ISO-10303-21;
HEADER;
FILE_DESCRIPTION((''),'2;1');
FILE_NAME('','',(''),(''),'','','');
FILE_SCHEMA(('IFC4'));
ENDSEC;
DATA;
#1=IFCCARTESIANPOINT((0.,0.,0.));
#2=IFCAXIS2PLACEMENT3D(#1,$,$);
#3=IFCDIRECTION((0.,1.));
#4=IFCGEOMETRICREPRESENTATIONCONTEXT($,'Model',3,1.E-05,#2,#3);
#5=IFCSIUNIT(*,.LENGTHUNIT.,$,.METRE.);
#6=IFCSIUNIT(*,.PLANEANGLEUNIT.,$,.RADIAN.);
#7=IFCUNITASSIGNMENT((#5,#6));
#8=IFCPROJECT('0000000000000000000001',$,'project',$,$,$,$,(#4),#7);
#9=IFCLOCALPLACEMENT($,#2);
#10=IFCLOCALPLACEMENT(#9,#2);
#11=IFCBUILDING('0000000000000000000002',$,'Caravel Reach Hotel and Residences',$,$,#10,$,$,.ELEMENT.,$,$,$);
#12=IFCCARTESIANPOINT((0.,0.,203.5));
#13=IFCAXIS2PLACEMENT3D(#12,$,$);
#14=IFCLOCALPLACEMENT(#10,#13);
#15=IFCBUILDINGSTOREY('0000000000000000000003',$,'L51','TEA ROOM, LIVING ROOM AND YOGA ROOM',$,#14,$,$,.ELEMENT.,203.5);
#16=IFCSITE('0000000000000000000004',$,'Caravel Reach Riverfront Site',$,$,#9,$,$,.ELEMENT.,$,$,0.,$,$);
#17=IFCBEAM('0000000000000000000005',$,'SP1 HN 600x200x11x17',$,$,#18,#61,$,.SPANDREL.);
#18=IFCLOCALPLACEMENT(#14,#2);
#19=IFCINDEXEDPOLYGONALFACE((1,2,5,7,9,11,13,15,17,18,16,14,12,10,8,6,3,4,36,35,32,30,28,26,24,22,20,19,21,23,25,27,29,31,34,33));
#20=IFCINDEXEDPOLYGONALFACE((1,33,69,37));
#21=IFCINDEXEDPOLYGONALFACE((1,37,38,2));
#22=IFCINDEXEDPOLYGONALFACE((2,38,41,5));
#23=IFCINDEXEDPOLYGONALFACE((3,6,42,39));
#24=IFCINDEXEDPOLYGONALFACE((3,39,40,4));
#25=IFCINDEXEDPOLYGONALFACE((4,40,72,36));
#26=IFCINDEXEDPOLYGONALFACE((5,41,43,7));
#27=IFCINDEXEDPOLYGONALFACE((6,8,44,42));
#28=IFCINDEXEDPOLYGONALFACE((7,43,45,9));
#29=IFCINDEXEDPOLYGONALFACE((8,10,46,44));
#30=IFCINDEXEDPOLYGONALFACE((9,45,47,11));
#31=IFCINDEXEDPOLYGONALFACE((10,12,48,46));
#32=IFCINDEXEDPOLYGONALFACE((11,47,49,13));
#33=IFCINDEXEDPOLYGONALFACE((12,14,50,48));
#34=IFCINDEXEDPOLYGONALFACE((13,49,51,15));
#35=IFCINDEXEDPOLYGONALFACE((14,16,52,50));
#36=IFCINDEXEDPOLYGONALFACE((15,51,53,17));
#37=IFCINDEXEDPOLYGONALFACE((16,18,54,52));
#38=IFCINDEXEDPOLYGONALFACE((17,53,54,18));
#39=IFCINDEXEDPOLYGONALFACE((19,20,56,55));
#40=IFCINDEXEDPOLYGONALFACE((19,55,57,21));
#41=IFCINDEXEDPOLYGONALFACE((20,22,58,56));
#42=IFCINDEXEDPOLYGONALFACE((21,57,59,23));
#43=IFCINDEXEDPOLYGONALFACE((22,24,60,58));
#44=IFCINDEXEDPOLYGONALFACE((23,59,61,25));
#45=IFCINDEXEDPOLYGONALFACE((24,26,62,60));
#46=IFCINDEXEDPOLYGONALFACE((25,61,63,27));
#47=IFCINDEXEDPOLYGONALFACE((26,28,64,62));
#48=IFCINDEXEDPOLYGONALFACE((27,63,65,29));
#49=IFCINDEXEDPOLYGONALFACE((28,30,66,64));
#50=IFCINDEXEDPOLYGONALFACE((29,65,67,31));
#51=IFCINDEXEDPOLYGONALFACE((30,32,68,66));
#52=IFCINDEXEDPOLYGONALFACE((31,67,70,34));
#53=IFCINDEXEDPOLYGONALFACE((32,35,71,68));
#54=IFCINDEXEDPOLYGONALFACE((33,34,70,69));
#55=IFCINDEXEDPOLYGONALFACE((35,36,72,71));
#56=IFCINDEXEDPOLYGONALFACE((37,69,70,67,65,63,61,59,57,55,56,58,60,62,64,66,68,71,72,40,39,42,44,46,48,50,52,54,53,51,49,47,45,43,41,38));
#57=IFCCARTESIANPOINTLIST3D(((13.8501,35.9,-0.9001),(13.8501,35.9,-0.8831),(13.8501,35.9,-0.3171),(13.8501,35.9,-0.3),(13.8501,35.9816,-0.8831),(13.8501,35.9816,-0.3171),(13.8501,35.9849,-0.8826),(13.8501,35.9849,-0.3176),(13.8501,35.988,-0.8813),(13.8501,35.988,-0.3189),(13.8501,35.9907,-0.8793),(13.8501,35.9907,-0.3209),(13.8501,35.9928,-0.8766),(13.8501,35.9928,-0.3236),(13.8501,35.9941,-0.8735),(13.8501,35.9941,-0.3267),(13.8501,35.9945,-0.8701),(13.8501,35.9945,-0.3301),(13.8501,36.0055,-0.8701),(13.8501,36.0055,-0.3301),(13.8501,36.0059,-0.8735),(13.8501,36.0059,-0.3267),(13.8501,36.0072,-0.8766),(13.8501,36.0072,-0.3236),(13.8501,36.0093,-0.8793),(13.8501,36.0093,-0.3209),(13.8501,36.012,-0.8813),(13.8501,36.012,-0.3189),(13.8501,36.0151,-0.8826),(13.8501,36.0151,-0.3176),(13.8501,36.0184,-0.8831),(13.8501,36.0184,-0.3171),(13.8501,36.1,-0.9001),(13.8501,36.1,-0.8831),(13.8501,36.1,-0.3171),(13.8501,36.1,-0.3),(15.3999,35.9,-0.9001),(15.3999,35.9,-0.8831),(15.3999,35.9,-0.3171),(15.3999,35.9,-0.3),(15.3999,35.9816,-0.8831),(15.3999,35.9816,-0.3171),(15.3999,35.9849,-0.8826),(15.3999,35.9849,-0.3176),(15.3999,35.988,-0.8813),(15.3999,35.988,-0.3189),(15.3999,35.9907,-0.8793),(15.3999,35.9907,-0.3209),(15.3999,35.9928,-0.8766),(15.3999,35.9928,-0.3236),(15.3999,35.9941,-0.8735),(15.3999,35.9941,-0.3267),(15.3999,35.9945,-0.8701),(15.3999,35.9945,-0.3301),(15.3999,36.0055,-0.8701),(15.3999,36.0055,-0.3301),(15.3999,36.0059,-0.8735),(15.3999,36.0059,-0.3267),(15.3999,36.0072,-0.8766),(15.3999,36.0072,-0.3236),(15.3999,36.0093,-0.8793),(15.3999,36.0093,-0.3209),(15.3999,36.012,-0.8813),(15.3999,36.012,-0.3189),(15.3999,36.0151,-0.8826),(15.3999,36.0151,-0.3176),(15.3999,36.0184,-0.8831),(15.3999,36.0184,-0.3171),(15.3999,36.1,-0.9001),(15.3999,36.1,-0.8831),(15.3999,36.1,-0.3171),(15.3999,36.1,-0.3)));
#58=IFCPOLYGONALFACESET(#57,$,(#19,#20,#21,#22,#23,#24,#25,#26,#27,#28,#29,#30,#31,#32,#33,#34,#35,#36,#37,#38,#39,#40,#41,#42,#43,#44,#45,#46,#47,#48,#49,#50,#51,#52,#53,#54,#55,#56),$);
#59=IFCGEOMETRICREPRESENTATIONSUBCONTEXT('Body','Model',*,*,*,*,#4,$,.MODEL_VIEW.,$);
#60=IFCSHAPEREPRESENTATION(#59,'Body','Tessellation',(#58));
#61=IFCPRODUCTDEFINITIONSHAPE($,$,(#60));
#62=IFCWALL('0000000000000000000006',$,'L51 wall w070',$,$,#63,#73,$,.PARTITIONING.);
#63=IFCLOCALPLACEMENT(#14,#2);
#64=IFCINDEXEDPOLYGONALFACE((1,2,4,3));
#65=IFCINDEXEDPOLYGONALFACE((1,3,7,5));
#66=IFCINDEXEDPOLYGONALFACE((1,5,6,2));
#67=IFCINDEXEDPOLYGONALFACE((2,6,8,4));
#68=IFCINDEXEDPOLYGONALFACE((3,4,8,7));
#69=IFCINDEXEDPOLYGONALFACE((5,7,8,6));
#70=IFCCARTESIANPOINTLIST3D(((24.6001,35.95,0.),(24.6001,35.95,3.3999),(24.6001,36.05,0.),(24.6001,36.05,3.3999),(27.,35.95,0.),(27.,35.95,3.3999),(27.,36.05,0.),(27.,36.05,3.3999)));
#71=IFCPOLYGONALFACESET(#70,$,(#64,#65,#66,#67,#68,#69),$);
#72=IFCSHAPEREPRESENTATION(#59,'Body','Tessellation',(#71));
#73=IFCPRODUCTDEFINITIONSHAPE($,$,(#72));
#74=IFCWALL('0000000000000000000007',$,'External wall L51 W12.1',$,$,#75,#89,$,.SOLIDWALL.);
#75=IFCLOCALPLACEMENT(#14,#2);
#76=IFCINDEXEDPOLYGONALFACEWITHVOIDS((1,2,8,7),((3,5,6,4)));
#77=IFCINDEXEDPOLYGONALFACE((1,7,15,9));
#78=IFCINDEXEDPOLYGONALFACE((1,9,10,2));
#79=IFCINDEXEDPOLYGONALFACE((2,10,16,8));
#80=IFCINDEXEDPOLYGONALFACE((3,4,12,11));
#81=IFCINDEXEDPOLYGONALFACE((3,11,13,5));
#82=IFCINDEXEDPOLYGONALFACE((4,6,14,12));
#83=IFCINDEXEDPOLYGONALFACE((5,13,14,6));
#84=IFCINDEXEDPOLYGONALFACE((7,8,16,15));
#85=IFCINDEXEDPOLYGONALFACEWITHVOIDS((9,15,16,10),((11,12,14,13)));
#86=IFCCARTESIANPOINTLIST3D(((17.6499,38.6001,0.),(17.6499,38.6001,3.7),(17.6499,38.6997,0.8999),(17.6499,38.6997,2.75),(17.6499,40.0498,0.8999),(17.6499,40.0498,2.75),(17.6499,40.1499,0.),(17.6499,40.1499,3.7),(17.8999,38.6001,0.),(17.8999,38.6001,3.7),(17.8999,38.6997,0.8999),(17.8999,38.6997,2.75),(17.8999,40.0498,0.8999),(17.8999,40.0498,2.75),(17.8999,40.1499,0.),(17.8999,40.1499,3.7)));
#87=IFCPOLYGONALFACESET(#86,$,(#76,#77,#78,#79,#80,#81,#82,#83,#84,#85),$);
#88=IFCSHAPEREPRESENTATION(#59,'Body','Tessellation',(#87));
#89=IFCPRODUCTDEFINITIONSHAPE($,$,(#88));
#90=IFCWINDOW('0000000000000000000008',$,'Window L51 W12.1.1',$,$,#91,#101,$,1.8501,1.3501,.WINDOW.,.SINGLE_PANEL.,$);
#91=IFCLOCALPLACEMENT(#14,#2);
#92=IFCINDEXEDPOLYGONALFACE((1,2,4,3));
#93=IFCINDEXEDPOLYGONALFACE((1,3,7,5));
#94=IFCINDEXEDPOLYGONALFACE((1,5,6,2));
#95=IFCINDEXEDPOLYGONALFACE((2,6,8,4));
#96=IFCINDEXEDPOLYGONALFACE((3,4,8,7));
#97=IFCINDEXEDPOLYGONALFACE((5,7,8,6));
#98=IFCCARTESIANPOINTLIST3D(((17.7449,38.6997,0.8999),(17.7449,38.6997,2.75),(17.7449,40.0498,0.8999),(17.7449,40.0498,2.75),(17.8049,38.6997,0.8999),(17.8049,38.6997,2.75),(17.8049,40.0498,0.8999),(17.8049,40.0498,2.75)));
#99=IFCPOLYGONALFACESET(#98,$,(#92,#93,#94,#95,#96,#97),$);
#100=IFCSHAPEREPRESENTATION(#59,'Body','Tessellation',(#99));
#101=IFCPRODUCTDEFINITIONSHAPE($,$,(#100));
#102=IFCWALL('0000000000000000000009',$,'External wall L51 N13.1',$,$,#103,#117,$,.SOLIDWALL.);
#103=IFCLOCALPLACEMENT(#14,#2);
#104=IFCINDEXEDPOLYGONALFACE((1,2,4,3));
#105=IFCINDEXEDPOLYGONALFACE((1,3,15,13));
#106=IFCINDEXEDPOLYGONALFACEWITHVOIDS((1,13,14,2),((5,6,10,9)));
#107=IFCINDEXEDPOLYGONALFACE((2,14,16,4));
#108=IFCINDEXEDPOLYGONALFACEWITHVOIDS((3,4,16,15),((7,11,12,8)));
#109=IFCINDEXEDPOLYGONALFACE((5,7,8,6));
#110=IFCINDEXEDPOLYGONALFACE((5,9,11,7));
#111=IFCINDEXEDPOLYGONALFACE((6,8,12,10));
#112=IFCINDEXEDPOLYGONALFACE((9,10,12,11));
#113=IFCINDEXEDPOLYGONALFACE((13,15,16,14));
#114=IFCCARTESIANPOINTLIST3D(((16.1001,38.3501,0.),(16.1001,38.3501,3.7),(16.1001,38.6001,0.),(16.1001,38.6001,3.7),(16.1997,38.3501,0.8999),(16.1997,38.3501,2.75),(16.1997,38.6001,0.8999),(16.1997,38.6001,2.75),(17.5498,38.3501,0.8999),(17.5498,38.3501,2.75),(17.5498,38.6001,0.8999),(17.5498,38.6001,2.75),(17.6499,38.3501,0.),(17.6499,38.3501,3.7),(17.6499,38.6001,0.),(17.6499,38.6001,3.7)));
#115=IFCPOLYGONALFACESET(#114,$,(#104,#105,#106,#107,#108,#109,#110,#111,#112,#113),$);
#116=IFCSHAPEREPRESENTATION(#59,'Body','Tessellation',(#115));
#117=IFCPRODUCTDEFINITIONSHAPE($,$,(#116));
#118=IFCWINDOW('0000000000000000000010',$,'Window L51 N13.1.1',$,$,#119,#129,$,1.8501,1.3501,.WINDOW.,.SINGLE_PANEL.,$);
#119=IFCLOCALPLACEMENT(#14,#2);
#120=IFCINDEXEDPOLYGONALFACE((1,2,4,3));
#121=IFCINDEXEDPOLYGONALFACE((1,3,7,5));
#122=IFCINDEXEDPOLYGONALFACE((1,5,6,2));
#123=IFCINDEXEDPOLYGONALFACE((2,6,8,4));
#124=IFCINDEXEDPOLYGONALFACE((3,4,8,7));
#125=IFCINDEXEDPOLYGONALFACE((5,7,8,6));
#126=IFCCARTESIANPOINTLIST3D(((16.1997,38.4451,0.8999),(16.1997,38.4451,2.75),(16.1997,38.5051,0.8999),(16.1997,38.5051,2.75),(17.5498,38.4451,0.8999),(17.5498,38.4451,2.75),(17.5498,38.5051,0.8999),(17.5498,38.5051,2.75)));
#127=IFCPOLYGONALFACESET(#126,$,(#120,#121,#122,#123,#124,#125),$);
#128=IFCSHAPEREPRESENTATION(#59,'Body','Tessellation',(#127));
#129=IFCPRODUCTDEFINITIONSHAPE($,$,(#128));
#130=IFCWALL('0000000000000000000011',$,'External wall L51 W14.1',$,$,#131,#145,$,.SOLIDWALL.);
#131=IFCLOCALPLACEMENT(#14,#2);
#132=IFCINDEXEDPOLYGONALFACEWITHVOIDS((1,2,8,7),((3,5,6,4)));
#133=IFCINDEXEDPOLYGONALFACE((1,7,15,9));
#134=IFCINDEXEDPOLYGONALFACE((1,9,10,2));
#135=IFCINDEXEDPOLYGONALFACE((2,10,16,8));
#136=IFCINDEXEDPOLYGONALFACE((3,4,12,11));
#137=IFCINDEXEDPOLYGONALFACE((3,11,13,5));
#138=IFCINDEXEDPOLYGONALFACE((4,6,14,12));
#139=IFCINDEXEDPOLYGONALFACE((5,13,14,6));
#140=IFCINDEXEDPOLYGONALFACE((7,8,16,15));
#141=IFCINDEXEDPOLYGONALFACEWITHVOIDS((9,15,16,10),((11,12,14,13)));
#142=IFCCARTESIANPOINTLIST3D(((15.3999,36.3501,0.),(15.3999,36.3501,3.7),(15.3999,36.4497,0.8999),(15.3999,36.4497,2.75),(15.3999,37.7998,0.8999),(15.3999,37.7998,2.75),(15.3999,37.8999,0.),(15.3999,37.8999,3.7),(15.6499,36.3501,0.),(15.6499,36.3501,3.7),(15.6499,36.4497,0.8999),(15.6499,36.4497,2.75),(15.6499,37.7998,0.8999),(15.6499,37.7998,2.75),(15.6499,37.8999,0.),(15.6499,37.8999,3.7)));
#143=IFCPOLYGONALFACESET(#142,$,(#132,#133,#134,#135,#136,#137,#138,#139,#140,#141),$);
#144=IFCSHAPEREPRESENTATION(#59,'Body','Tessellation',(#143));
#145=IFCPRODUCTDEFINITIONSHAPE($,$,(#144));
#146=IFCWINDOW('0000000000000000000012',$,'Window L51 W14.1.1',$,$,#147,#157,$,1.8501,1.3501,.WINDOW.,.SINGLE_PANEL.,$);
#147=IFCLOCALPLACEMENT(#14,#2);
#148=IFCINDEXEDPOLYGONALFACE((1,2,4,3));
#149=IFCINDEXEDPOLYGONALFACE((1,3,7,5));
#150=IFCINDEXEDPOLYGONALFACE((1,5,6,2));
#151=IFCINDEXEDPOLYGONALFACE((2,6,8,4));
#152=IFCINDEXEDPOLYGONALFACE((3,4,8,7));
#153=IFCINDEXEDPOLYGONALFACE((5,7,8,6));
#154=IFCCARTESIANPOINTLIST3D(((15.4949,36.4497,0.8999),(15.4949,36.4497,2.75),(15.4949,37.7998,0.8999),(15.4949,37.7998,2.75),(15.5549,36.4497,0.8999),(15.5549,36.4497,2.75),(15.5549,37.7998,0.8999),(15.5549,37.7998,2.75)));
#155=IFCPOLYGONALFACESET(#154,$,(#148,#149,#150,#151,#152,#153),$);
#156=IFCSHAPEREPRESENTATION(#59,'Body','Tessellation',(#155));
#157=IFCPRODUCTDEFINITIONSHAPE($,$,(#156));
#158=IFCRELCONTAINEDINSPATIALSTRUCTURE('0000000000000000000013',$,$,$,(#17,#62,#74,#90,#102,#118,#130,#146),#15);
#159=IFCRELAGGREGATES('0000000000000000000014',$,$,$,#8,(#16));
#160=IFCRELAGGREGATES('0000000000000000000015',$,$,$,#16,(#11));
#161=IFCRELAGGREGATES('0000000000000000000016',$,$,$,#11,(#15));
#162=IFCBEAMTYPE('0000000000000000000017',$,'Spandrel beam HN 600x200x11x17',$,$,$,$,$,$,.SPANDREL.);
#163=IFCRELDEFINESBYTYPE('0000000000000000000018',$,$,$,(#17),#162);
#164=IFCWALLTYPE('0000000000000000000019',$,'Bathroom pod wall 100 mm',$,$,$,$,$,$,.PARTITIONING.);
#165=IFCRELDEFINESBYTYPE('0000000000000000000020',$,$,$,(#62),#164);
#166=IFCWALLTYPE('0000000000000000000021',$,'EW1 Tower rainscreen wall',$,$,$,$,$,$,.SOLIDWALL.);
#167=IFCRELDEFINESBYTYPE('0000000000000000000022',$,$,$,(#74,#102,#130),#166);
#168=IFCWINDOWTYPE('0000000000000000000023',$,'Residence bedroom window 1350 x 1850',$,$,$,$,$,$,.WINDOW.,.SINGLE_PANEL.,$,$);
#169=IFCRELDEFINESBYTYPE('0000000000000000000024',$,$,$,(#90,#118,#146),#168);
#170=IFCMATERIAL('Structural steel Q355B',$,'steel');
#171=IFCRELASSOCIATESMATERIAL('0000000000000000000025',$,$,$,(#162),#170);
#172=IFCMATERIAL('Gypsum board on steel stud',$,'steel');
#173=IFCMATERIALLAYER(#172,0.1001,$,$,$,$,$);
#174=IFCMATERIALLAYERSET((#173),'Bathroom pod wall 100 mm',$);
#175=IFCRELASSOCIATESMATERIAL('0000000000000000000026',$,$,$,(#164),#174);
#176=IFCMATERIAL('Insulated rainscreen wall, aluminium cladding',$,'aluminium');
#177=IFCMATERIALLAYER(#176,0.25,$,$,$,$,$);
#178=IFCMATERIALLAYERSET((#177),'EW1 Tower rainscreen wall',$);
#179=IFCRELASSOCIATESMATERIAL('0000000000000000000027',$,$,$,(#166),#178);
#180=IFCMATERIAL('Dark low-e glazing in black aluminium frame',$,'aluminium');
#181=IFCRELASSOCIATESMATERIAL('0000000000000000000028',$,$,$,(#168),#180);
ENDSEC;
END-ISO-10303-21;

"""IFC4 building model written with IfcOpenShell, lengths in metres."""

from ifc_helpers import new_model, si_unit, direction, frame, frame_2d, origin, origin_2d, place, context, subcontext, project, spatial, rectangle, i_section, extrude, material, layer, layer_set, material_profile, profile_set, type_object, element, fill, save


model = new_model("IFC4")

# Units and contexts
model_context = context("Model", 3, precision=1e-05, world=origin(), true_north=direction((0.0, 1.0)))
body_context = subcontext(model_context, "Body", "Model", "MODEL_VIEW")
ifc_project = project(units=[si_unit("LENGTHUNIT", "METRE"), si_unit("PLANEANGLEUNIT", "RADIAN")], contexts=[model_context])

# Site, building, storey
site_placement = place(None, origin())
site = spatial("IfcSite", under=ifc_project, at=site_placement, Name="Caravel Reach Riverfront Site", CompositionType="ELEMENT", RefElevation=0.0)
building_placement = place(site_placement, origin())
building = spatial("IfcBuilding", under=site, at=building_placement, Name="Caravel Reach Hotel and Residences", CompositionType="ELEMENT")
storey_placement = place(building_placement, frame((0.0, 0.0, 203.5)))
storey = spatial("IfcBuildingStorey", under=building, at=storey_placement, Name="L51", Description="TEA ROOM, LIVING ROOM AND YOGA ROOM", CompositionType="ELEMENT", Elevation=203.5)

# Beam
ifc_material_1 = material(Name="Structural steel Q355B", Category="steel")
ifc_material_profile_1 = material_profile(ifc_material_1, i_section(OverallWidth=0.2, OverallDepth=0.6001, WebThickness=0.011, FlangeThickness=0.0171, FilletRadius=0.0129, at=origin_2d()), Name="HN 600x200x11x17")
ifc_profile_set_1 = profile_set([ifc_material_profile_1], Name="Structural steel Q355B")
beam_type = type_object("IfcBeamType", Name="Spandrel beam HN 600x200x11x17", PredefinedType="SPANDREL", material=ifc_profile_set_1)
for number, where, z_axis, x_axis, name in (
    (1, (15.3999, 36.0, -0.6001), (-1.0, 0.0, 0.0), (0.0, -1.0, 0.0), "SP1 HN 600x200x11x17"),
):
    element("IfcBeam", number, at=place(storey_placement, frame(where, z_axis=z_axis, x_axis=x_axis)), inside=storey, type_object=beam_type, Name=name, PredefinedType="SPANDREL", context=body_context, shape_type="SweptSolid", body=[
        extrude(i_section(OverallWidth=0.2, OverallDepth=0.6001, WebThickness=0.011, FlangeThickness=0.0171, FilletRadius=0.0129, at=origin_2d()), origin(), (0.0, 0.0, 1.0), 1.5498),
    ])

# Wall
ifc_material_2 = material(Name="Gypsum board on steel stud", Category="steel")
ifc_layer_1 = layer(ifc_material_2, 0.1001)
ifc_layer_set_1 = layer_set([ifc_layer_1], Name="Bathroom pod wall 100 mm")
wall_type_1 = type_object("IfcWallType", Name="Bathroom pod wall 100 mm", PredefinedType="PARTITIONING", material=ifc_layer_set_1)
wall_1_placement = place(storey_placement, frame((24.6001, 36.0, 0.0), z_axis=(0.0, 0.0, 1.0), x_axis=(1.0, 0.0, 0.0)))
element("IfcWall", 2, at=wall_1_placement, inside=storey, type_object=wall_type_1, Name="L51 wall w070", PredefinedType="PARTITIONING", context=body_context, shape_type="SweptSolid", body=[
    extrude(rectangle(XDim=2.3999, YDim=0.1001, at=frame_2d((1.2, 0.0))), origin(), (0.0, 0.0, 1.0), 3.3999),
])

# Walls, openings, windows
ifc_material_3 = material(Name="Insulated rainscreen wall, aluminium cladding", Category="aluminium")
ifc_layer_2 = layer(ifc_material_3, 0.25)
ifc_layer_set_2 = layer_set([ifc_layer_2], Name="EW1 Tower rainscreen wall")
wall_type_2 = type_object("IfcWallType", Name="EW1 Tower rainscreen wall", PredefinedType="SOLIDWALL", material=ifc_layer_set_2)
wall_2_placement = place(storey_placement, frame((17.7749, 40.1499, 0.0), z_axis=(0.0, 0.0, 1.0), x_axis=(0.0, -1.0, 0.0)))
wall_2 = element("IfcWall", 3, at=wall_2_placement, inside=storey, type_object=wall_type_2, Name="External wall L51 W12.1", PredefinedType="SOLIDWALL", context=body_context, shape_type="SweptSolid", body=[
    extrude(rectangle(XDim=1.5498, YDim=0.25, at=frame_2d((0.7749, 0.0))), origin(), (0.0, 0.0, 1.0), 3.7),
])
opening_1_placement = place(wall_2_placement, frame((0.1001, 0.0, 0.8999)))
opening_1 = element("IfcOpeningElement", 4, at=opening_1_placement, cuts=wall_2, PredefinedType="OPENING", context=body_context, shape_type="SweptSolid", body=[
    extrude(rectangle(XDim=1.3501, YDim=1.8501, at=frame_2d((0.675, 0.925))), frame((0.0, 0.135, 0.0), z_axis=(0.0, -1.0, 0.0), x_axis=(1.0, 0.0, 0.0)), (0.0, 0.0, 1.0), 0.27),
])
ifc_material_4 = material(Name="Dark low-e glazing in black aluminium frame", Category="aluminium")
window_type = type_object("IfcWindowType", Name="Residence bedroom window 1350 x 1850", PartitioningType="SINGLE_PANEL", PredefinedType="WINDOW", material=ifc_material_4)
window_1_placement = place(opening_1_placement, origin())
window_1 = element("IfcWindow", 5, at=window_1_placement, inside=storey, type_object=window_type, Name="Window L51 W12.1.1", OverallHeight=1.8501, OverallWidth=1.3501, PartitioningType="SINGLE_PANEL", PredefinedType="WINDOW", context=body_context, shape_type="SweptSolid", body=[
    extrude(rectangle(XDim=1.3501, YDim=1.8501, at=frame_2d((0.675, 0.925))), frame((0.0, 0.03, 0.0), z_axis=(0.0, -1.0, 0.0), x_axis=(1.0, 0.0, 0.0)), (0.0, 0.0, 1.0), 0.0601),
])
fill(opening_1, window_1)
wall_3_placement = place(storey_placement, frame((17.6499, 38.4751, 0.0), z_axis=(0.0, 0.0, 1.0), x_axis=(-1.0, 0.0, 0.0)))
wall_3 = element("IfcWall", 6, at=wall_3_placement, inside=storey, type_object=wall_type_2, Name="External wall L51 N13.1", PredefinedType="SOLIDWALL", context=body_context, shape_type="SweptSolid", body=[
    extrude(rectangle(XDim=1.5498, YDim=0.25, at=frame_2d((0.7749, 0.0))), origin(), (0.0, 0.0, 1.0), 3.7),
])
opening_2_placement = place(wall_3_placement, frame((0.1001, 0.0, 0.8999)))
opening_2 = element("IfcOpeningElement", 7, at=opening_2_placement, cuts=wall_3, PredefinedType="OPENING", context=body_context, shape_type="SweptSolid", body=[
    extrude(rectangle(XDim=1.3501, YDim=1.8501, at=frame_2d((0.675, 0.925))), frame((0.0, 0.135, 0.0), z_axis=(0.0, -1.0, 0.0), x_axis=(1.0, 0.0, 0.0)), (0.0, 0.0, 1.0), 0.27),
])
window_2_placement = place(opening_2_placement, origin())
window_2 = element("IfcWindow", 8, at=window_2_placement, inside=storey, type_object=window_type, Name="Window L51 N13.1.1", OverallHeight=1.8501, OverallWidth=1.3501, PartitioningType="SINGLE_PANEL", PredefinedType="WINDOW", context=body_context, shape_type="SweptSolid", body=[
    extrude(rectangle(XDim=1.3501, YDim=1.8501, at=frame_2d((0.675, 0.925))), frame((0.0, 0.03, 0.0), z_axis=(0.0, -1.0, 0.0), x_axis=(1.0, 0.0, 0.0)), (0.0, 0.0, 1.0), 0.0601),
])
fill(opening_2, window_2)
wall_4_placement = place(storey_placement, frame((15.5249, 37.8999, 0.0), z_axis=(0.0, 0.0, 1.0), x_axis=(0.0, -1.0, 0.0)))
wall_4 = element("IfcWall", 9, at=wall_4_placement, inside=storey, type_object=wall_type_2, Name="External wall L51 W14.1", PredefinedType="SOLIDWALL", context=body_context, shape_type="SweptSolid", body=[
    extrude(rectangle(XDim=1.5498, YDim=0.25, at=frame_2d((0.7749, 0.0))), origin(), (0.0, 0.0, 1.0), 3.7),
])
opening_3_placement = place(wall_4_placement, frame((0.1001, 0.0, 0.8999)))
opening_3 = element("IfcOpeningElement", 10, at=opening_3_placement, cuts=wall_4, PredefinedType="OPENING", context=body_context, shape_type="SweptSolid", body=[
    extrude(rectangle(XDim=1.3501, YDim=1.8501, at=frame_2d((0.675, 0.925))), frame((0.0, 0.135, 0.0), z_axis=(0.0, -1.0, 0.0), x_axis=(1.0, 0.0, 0.0)), (0.0, 0.0, 1.0), 0.27),
])
window_3_placement = place(opening_3_placement, origin())
window_3 = element("IfcWindow", 11, at=window_3_placement, inside=storey, type_object=window_type, Name="Window L51 W14.1.1", OverallHeight=1.8501, OverallWidth=1.3501, PartitioningType="SINGLE_PANEL", PredefinedType="WINDOW", context=body_context, shape_type="SweptSolid", body=[
    extrude(rectangle(XDim=1.3501, YDim=1.8501, at=frame_2d((0.675, 0.925))), frame((0.0, 0.03, 0.0), z_axis=(0.0, -1.0, 0.0), x_axis=(1.0, 0.0, 0.0)), (0.0, 0.0, 1.0), 0.0601),
])
fill(opening_3, window_3)

save(model, "model.ifc")
